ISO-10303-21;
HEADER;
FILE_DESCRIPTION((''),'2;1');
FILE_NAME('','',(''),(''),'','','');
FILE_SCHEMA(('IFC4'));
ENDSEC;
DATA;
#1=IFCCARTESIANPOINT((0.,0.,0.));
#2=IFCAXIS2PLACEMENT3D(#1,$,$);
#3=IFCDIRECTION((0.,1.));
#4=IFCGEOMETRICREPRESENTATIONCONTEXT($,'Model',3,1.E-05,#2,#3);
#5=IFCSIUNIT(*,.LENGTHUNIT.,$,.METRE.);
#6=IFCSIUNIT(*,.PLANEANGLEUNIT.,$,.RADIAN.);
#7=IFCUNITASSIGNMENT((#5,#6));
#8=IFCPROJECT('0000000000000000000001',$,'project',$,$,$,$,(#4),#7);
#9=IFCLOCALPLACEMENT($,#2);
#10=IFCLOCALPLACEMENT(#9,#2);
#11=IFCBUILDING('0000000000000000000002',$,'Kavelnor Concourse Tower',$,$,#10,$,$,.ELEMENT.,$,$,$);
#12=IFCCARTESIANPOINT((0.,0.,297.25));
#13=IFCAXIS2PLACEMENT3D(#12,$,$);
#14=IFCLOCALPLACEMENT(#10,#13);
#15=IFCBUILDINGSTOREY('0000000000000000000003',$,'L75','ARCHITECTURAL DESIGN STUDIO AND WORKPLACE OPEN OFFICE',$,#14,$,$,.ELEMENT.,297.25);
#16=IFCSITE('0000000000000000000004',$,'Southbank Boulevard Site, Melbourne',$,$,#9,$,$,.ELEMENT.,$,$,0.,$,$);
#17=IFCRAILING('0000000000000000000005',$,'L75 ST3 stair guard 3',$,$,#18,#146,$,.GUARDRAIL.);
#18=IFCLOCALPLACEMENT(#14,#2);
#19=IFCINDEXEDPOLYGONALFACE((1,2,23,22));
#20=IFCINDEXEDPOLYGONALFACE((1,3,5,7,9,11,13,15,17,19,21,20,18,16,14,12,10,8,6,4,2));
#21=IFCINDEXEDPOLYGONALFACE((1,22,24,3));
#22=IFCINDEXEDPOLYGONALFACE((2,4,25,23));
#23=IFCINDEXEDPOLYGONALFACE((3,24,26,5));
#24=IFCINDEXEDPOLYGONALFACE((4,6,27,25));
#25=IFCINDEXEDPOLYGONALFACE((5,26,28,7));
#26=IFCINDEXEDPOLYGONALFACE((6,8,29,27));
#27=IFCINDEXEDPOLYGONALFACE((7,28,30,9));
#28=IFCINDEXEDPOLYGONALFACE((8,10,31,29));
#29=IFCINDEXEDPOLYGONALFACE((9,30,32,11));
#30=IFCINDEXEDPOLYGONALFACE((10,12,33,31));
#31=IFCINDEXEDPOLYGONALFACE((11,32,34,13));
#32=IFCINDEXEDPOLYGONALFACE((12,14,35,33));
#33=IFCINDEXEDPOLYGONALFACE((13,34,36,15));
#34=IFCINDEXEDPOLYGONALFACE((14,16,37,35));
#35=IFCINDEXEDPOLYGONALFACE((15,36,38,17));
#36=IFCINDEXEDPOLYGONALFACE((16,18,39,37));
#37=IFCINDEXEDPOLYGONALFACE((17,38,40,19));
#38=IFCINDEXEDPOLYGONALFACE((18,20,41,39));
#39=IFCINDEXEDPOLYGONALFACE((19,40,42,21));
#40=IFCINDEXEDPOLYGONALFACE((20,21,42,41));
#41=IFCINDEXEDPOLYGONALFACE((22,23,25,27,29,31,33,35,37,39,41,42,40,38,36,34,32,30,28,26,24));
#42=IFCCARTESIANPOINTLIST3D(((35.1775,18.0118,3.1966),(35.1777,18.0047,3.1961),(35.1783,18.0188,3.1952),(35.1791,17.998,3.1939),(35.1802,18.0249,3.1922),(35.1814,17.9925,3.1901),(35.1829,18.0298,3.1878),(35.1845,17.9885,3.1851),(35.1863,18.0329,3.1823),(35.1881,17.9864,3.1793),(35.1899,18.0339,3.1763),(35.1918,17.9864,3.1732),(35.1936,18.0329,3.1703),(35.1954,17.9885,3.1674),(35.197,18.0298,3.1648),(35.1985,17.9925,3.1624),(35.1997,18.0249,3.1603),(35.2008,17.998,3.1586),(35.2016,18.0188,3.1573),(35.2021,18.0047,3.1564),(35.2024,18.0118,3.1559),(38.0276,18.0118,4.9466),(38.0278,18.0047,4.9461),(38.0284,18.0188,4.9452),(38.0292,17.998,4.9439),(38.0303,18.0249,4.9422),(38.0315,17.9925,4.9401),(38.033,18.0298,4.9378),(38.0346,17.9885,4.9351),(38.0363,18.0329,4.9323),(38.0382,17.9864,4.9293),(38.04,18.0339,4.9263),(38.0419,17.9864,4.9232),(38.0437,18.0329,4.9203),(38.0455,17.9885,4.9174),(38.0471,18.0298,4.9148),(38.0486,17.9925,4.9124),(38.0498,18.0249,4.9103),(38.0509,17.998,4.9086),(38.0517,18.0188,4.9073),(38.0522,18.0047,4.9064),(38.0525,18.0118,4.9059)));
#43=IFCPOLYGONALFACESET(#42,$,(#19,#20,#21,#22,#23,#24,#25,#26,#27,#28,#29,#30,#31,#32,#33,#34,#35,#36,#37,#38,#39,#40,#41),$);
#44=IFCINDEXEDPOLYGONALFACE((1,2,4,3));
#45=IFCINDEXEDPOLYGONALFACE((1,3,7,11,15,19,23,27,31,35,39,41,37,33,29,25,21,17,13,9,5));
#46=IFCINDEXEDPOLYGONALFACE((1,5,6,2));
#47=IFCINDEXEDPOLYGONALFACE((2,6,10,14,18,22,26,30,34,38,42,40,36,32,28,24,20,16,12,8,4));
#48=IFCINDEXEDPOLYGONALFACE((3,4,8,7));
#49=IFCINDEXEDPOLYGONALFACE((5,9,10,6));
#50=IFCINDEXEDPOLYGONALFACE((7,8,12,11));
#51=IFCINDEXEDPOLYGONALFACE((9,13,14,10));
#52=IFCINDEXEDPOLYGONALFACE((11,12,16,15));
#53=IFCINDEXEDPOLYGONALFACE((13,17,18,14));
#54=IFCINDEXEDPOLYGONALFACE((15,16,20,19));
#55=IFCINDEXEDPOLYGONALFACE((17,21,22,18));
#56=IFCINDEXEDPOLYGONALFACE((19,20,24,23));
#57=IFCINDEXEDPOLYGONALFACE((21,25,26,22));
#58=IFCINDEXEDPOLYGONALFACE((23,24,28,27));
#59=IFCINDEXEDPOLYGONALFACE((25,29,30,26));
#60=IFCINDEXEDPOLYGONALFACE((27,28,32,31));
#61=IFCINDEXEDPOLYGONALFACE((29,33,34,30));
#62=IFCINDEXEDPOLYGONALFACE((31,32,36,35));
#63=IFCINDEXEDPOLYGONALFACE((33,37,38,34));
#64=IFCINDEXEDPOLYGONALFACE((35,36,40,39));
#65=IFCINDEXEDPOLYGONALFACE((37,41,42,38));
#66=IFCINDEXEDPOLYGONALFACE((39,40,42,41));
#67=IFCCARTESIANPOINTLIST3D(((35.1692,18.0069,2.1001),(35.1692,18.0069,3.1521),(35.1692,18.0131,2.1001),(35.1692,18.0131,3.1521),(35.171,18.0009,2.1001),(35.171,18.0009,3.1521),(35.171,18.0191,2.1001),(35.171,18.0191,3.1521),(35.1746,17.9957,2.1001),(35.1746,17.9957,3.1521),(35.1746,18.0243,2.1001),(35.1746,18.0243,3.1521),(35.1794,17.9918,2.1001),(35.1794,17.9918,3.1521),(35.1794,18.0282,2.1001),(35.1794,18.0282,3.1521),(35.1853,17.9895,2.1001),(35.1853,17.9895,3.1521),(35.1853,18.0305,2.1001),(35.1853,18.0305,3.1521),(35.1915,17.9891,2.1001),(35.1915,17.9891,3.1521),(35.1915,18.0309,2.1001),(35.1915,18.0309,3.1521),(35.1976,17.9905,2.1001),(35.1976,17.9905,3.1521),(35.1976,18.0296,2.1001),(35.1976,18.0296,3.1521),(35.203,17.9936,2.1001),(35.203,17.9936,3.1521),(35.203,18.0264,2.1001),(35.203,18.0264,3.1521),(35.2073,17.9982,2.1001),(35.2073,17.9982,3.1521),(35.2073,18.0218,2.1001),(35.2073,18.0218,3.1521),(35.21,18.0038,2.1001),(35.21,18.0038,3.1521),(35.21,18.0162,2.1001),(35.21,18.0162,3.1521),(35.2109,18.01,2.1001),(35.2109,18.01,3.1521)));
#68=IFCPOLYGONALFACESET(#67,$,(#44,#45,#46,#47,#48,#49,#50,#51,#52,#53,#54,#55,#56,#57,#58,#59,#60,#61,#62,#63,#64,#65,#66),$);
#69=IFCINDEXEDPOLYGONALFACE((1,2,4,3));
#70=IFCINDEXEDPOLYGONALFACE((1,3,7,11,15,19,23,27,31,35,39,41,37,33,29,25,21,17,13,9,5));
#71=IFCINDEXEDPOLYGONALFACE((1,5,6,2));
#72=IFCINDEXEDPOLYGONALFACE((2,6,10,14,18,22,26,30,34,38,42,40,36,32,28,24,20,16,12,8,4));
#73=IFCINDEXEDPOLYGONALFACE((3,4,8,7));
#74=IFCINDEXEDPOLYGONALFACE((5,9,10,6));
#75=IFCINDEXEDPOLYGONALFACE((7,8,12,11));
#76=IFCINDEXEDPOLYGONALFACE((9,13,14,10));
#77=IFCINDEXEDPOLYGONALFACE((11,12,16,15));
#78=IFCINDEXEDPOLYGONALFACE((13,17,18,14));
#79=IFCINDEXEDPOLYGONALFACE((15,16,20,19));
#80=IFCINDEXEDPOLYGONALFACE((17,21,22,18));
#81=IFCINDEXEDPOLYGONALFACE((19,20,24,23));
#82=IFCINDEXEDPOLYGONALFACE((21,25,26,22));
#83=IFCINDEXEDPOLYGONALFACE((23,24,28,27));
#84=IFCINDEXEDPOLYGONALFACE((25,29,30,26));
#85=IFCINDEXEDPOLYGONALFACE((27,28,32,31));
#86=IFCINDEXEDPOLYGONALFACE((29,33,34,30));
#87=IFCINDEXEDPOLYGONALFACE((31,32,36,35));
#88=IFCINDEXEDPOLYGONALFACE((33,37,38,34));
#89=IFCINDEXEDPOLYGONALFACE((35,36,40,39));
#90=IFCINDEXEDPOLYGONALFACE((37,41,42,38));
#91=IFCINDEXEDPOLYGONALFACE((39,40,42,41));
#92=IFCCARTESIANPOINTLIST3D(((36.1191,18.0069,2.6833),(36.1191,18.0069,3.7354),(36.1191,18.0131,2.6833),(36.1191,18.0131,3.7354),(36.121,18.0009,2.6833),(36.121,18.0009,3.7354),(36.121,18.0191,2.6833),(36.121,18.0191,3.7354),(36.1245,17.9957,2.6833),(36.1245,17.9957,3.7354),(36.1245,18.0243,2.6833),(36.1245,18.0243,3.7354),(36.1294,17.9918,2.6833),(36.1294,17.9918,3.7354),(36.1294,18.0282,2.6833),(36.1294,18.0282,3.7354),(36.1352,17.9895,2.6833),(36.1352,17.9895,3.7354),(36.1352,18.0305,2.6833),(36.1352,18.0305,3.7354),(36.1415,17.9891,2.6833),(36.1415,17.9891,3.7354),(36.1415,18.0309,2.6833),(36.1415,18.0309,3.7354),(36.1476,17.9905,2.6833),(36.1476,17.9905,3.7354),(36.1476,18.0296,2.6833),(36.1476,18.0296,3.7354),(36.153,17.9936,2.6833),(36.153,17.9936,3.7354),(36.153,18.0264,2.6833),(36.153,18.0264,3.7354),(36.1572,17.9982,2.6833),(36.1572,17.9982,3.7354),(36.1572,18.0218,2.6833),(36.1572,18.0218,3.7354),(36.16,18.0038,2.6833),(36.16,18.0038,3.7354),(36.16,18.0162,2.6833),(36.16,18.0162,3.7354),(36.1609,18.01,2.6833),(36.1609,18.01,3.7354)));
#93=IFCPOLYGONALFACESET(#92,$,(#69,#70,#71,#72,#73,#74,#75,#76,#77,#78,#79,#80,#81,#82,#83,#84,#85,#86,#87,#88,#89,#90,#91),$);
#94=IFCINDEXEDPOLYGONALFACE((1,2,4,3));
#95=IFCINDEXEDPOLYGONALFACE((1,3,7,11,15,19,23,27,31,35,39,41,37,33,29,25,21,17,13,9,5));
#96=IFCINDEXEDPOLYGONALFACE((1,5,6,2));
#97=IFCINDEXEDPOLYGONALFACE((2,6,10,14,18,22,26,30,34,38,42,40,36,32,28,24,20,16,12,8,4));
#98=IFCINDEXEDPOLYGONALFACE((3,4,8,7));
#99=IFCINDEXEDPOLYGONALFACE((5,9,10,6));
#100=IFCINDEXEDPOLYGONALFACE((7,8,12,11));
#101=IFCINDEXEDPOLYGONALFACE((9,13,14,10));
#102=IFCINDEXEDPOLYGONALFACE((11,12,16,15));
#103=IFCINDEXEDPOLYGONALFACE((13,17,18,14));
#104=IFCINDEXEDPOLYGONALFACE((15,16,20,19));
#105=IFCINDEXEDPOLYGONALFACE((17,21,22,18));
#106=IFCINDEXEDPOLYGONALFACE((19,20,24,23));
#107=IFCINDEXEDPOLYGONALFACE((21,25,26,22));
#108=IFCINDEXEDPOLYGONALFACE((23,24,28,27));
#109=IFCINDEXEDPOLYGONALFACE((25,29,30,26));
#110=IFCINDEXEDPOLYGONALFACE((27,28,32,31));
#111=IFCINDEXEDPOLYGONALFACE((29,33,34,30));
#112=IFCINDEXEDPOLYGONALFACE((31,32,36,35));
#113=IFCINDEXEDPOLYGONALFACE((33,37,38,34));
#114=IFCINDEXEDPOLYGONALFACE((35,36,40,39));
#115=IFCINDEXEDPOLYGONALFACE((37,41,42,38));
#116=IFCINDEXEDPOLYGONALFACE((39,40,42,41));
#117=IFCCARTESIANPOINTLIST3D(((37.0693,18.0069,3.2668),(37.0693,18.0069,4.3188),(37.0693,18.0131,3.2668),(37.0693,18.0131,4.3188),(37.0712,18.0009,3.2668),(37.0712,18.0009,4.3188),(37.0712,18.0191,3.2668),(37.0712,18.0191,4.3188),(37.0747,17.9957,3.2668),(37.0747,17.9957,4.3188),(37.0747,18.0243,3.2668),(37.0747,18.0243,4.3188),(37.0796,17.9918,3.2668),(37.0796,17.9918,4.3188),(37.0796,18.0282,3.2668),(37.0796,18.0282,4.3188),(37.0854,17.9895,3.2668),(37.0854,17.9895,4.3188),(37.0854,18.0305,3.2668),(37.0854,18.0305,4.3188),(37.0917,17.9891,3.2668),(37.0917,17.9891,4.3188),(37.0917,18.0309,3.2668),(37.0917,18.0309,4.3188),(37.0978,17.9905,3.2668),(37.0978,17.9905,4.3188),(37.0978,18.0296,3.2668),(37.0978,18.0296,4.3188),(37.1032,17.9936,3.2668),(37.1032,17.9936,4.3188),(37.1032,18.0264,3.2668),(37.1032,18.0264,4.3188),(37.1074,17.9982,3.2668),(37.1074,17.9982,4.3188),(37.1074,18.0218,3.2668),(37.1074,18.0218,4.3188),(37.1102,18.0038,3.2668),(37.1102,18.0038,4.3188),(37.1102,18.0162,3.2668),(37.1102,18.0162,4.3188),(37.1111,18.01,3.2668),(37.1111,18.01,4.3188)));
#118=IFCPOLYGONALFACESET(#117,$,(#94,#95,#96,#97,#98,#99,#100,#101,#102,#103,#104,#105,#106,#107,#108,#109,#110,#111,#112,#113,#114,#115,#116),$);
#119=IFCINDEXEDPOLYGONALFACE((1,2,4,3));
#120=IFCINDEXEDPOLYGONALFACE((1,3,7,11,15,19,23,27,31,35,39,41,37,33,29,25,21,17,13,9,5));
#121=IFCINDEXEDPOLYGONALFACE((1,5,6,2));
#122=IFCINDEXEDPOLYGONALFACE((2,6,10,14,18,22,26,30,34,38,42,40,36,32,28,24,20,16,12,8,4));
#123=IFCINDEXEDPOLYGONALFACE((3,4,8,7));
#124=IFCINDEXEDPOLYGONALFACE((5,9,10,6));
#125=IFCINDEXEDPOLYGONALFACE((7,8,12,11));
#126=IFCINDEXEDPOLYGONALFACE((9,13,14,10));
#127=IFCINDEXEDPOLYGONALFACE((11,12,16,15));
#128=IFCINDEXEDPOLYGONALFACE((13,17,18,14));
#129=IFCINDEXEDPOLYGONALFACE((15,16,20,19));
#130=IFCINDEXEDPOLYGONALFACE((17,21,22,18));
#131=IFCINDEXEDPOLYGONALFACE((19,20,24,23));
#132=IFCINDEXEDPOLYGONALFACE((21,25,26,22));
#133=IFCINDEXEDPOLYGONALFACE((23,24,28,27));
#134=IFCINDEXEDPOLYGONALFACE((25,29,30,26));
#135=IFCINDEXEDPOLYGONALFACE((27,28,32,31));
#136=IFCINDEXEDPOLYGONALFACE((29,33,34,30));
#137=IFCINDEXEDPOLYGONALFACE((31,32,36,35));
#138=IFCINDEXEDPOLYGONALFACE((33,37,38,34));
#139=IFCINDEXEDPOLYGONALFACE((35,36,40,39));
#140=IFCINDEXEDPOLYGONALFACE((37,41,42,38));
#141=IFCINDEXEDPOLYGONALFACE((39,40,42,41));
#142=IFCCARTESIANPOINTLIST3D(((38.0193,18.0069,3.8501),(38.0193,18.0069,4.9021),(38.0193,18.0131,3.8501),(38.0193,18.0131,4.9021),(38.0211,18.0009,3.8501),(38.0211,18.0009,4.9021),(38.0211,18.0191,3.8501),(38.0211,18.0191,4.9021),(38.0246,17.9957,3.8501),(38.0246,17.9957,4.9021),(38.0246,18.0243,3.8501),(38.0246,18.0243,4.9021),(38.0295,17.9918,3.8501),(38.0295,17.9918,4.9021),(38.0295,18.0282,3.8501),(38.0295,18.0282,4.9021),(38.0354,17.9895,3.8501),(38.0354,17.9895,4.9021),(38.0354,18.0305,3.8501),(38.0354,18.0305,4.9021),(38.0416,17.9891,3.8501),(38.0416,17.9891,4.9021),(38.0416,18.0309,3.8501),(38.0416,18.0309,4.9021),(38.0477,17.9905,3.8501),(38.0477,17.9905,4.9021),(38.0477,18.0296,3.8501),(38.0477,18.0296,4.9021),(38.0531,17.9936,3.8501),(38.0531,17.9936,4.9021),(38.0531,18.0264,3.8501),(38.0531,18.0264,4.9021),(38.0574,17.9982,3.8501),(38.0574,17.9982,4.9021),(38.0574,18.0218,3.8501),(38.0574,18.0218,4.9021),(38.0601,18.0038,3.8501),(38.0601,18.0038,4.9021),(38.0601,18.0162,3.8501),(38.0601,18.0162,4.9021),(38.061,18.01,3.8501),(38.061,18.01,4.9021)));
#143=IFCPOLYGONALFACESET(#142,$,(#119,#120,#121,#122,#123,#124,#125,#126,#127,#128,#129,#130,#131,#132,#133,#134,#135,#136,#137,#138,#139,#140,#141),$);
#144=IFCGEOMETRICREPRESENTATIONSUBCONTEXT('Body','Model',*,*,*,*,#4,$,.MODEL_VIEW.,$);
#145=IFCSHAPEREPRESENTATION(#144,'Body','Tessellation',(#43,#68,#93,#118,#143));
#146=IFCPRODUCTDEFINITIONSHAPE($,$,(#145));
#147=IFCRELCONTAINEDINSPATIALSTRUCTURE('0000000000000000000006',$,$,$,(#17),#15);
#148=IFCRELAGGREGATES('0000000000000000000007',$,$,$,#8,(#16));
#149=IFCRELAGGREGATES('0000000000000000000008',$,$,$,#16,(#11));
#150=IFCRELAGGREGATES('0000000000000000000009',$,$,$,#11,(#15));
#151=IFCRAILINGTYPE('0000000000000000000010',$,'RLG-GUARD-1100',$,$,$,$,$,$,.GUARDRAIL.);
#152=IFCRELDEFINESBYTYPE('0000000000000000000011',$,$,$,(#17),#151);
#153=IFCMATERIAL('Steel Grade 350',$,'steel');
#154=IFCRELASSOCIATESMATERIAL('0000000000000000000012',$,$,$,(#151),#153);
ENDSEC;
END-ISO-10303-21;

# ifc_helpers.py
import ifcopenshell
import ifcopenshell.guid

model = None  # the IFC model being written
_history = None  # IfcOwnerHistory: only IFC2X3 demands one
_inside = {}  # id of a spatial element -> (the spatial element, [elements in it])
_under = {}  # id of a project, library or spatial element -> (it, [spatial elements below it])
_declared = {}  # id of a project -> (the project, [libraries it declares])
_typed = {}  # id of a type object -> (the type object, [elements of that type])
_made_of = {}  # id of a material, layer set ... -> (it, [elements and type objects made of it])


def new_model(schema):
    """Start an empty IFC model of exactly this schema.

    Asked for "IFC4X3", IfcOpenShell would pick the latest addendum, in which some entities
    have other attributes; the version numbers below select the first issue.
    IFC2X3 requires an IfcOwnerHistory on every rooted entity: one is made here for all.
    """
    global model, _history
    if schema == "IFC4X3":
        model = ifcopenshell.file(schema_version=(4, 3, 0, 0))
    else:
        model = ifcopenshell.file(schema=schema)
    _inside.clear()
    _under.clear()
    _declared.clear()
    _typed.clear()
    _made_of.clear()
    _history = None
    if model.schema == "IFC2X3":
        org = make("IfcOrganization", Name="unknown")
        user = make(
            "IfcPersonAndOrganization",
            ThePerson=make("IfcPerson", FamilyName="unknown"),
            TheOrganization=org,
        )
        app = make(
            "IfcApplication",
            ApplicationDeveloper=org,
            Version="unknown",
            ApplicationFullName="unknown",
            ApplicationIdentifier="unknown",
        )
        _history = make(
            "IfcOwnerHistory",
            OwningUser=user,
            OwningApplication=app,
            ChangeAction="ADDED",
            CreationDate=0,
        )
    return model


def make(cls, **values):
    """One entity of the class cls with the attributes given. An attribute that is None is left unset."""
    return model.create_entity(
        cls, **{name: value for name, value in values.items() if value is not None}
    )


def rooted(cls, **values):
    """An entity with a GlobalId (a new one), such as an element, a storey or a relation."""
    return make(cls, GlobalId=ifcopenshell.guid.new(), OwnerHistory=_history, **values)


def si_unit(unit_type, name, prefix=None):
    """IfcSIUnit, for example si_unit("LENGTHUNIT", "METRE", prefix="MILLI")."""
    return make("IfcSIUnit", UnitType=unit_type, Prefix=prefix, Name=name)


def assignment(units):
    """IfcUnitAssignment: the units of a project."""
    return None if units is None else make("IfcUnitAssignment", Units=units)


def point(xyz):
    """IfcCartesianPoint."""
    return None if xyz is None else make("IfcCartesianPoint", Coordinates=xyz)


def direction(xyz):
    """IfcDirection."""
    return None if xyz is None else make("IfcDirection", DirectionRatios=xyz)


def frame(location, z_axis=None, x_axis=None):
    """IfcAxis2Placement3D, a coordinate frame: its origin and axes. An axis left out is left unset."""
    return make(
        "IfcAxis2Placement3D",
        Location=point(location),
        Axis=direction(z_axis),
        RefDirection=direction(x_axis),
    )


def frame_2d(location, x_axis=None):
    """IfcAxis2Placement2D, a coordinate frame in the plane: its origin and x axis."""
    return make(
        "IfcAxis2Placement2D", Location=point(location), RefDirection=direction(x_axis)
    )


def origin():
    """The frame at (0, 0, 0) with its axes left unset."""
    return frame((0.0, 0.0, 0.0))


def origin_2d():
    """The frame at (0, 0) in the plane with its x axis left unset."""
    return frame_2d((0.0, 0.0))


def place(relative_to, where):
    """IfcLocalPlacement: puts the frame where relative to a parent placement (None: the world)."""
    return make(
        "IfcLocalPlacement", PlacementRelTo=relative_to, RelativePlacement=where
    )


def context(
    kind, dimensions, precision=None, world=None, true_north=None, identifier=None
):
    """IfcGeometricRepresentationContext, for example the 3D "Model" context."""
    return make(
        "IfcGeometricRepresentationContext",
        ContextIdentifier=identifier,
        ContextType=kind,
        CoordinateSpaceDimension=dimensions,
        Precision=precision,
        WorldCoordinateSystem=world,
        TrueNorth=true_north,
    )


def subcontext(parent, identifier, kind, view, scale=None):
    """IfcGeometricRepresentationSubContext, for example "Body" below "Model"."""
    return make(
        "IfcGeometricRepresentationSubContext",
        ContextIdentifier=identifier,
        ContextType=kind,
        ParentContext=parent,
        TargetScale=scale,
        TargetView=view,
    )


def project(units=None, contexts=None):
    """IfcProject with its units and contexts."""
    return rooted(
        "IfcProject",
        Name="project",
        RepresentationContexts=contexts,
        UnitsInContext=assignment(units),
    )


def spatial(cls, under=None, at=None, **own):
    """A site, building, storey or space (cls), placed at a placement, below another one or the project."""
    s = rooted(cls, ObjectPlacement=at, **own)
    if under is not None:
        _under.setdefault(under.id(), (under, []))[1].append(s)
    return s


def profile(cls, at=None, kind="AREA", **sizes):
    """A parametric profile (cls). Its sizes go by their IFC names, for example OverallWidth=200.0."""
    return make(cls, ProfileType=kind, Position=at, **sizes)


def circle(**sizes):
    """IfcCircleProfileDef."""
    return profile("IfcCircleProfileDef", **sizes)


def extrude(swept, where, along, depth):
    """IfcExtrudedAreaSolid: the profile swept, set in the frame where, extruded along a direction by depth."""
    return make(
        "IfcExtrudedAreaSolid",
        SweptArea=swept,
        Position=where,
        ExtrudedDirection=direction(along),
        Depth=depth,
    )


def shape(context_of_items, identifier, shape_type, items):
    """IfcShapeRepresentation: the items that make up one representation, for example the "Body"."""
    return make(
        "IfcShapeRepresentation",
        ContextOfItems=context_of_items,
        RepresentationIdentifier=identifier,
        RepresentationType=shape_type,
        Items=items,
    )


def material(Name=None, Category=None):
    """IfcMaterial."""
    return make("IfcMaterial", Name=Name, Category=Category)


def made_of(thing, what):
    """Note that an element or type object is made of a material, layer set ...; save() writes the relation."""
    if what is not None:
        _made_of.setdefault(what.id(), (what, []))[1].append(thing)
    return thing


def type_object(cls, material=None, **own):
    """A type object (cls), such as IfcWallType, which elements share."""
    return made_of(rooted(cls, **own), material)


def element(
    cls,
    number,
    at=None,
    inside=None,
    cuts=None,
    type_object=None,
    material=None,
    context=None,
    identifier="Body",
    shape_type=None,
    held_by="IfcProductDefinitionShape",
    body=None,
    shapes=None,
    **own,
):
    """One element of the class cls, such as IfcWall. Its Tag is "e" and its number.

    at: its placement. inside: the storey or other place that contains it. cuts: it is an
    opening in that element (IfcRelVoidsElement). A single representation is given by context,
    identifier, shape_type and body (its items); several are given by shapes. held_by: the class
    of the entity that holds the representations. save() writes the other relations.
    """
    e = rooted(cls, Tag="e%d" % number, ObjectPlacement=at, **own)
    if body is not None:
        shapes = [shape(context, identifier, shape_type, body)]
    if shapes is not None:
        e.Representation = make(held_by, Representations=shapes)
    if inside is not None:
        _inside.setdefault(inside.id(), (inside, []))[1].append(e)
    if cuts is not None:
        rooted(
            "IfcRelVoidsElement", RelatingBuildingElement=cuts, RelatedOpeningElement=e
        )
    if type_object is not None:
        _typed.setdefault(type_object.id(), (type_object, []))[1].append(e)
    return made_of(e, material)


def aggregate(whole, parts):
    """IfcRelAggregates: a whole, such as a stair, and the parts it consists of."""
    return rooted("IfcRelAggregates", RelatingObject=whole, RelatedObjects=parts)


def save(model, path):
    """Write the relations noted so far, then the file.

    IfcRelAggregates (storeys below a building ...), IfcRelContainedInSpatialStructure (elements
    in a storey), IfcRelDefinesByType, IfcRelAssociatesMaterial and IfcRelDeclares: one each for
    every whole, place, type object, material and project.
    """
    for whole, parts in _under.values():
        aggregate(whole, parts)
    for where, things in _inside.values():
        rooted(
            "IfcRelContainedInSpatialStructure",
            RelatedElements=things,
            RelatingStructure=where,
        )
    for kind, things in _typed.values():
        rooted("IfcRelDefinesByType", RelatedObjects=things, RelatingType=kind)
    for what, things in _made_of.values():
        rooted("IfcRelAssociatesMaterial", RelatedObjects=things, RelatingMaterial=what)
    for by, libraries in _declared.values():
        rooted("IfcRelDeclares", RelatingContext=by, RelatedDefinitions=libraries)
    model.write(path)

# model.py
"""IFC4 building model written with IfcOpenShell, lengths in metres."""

from ifc_helpers import new_model, si_unit, direction, frame, origin, origin_2d, place, context, subcontext, project, spatial, circle, extrude, material, type_object, element, save


model = new_model("IFC4")

# Units and contexts
model_context = context("Model", 3, precision=1e-05, world=origin(), true_north=direction((0.0, 1.0)))
body_context = subcontext(model_context, "Body", "Model", "MODEL_VIEW")
ifc_project = project(units=[si_unit("LENGTHUNIT", "METRE"), si_unit("PLANEANGLEUNIT", "RADIAN")], contexts=[model_context])

# Site, building, storey
site_placement = place(None, origin())
site = spatial("IfcSite", under=ifc_project, at=site_placement, Name="Southbank Boulevard Site, Melbourne", CompositionType="ELEMENT", RefElevation=0.0)
building_placement = place(site_placement, origin())
building = spatial("IfcBuilding", under=site, at=building_placement, Name="Kavelnor Concourse Tower", CompositionType="ELEMENT")
storey_placement = place(building_placement, frame((0.0, 0.0, 297.25)))
storey = spatial("IfcBuildingStorey", under=building, at=storey_placement, Name="L75", Description="ARCHITECTURAL DESIGN STUDIO AND WORKPLACE OPEN OFFICE", CompositionType="ELEMENT", Elevation=297.25)

# Shared definitions
ifc_material_1 = material(Name="Steel Grade 350", Category="steel")

# Railing
railing_type_1 = type_object("IfcRailingType", Name="RLG-GUARD-1100", PredefinedType="GUARDRAIL", material=ifc_material_1)
railing_1_placement = place(storey_placement, frame((35.1899, 18.01, 2.1001)))
element("IfcRailing", 1, at=railing_1_placement, inside=storey, type_object=railing_type_1, Name="L75 ST3 stair guard 3", PredefinedType="GUARDRAIL", context=body_context, shape_type="SweptSolid", body=[
    extrude(circle(Radius=0.0239, at=origin_2d()), frame((0.0, 0.0, 1.0762), z_axis=(0.852179, 0.0, 0.52325), x_axis=(0.0, 1.0, 0.0)), (0.0, 0.0, 1.0), 3.3445),
    extrude(circle(Radius=0.021, at=origin_2d()), origin(), (0.0, 0.0, 1.0), 1.052),
    extrude(circle(Radius=0.021, at=origin_2d()), frame((0.95, 0.0, 0.5833)), (0.0, 0.0, 1.0), 1.052),
    extrude(circle(Radius=0.021, at=origin_2d()), frame((1.9001, 0.0, 1.1667)), (0.0, 0.0, 1.0), 1.052),
    extrude(circle(Radius=0.021, at=origin_2d()), frame((2.8501, 0.0, 1.75)), (0.0, 0.0, 1.0), 1.052),
])

save(model, "model.ifc")
